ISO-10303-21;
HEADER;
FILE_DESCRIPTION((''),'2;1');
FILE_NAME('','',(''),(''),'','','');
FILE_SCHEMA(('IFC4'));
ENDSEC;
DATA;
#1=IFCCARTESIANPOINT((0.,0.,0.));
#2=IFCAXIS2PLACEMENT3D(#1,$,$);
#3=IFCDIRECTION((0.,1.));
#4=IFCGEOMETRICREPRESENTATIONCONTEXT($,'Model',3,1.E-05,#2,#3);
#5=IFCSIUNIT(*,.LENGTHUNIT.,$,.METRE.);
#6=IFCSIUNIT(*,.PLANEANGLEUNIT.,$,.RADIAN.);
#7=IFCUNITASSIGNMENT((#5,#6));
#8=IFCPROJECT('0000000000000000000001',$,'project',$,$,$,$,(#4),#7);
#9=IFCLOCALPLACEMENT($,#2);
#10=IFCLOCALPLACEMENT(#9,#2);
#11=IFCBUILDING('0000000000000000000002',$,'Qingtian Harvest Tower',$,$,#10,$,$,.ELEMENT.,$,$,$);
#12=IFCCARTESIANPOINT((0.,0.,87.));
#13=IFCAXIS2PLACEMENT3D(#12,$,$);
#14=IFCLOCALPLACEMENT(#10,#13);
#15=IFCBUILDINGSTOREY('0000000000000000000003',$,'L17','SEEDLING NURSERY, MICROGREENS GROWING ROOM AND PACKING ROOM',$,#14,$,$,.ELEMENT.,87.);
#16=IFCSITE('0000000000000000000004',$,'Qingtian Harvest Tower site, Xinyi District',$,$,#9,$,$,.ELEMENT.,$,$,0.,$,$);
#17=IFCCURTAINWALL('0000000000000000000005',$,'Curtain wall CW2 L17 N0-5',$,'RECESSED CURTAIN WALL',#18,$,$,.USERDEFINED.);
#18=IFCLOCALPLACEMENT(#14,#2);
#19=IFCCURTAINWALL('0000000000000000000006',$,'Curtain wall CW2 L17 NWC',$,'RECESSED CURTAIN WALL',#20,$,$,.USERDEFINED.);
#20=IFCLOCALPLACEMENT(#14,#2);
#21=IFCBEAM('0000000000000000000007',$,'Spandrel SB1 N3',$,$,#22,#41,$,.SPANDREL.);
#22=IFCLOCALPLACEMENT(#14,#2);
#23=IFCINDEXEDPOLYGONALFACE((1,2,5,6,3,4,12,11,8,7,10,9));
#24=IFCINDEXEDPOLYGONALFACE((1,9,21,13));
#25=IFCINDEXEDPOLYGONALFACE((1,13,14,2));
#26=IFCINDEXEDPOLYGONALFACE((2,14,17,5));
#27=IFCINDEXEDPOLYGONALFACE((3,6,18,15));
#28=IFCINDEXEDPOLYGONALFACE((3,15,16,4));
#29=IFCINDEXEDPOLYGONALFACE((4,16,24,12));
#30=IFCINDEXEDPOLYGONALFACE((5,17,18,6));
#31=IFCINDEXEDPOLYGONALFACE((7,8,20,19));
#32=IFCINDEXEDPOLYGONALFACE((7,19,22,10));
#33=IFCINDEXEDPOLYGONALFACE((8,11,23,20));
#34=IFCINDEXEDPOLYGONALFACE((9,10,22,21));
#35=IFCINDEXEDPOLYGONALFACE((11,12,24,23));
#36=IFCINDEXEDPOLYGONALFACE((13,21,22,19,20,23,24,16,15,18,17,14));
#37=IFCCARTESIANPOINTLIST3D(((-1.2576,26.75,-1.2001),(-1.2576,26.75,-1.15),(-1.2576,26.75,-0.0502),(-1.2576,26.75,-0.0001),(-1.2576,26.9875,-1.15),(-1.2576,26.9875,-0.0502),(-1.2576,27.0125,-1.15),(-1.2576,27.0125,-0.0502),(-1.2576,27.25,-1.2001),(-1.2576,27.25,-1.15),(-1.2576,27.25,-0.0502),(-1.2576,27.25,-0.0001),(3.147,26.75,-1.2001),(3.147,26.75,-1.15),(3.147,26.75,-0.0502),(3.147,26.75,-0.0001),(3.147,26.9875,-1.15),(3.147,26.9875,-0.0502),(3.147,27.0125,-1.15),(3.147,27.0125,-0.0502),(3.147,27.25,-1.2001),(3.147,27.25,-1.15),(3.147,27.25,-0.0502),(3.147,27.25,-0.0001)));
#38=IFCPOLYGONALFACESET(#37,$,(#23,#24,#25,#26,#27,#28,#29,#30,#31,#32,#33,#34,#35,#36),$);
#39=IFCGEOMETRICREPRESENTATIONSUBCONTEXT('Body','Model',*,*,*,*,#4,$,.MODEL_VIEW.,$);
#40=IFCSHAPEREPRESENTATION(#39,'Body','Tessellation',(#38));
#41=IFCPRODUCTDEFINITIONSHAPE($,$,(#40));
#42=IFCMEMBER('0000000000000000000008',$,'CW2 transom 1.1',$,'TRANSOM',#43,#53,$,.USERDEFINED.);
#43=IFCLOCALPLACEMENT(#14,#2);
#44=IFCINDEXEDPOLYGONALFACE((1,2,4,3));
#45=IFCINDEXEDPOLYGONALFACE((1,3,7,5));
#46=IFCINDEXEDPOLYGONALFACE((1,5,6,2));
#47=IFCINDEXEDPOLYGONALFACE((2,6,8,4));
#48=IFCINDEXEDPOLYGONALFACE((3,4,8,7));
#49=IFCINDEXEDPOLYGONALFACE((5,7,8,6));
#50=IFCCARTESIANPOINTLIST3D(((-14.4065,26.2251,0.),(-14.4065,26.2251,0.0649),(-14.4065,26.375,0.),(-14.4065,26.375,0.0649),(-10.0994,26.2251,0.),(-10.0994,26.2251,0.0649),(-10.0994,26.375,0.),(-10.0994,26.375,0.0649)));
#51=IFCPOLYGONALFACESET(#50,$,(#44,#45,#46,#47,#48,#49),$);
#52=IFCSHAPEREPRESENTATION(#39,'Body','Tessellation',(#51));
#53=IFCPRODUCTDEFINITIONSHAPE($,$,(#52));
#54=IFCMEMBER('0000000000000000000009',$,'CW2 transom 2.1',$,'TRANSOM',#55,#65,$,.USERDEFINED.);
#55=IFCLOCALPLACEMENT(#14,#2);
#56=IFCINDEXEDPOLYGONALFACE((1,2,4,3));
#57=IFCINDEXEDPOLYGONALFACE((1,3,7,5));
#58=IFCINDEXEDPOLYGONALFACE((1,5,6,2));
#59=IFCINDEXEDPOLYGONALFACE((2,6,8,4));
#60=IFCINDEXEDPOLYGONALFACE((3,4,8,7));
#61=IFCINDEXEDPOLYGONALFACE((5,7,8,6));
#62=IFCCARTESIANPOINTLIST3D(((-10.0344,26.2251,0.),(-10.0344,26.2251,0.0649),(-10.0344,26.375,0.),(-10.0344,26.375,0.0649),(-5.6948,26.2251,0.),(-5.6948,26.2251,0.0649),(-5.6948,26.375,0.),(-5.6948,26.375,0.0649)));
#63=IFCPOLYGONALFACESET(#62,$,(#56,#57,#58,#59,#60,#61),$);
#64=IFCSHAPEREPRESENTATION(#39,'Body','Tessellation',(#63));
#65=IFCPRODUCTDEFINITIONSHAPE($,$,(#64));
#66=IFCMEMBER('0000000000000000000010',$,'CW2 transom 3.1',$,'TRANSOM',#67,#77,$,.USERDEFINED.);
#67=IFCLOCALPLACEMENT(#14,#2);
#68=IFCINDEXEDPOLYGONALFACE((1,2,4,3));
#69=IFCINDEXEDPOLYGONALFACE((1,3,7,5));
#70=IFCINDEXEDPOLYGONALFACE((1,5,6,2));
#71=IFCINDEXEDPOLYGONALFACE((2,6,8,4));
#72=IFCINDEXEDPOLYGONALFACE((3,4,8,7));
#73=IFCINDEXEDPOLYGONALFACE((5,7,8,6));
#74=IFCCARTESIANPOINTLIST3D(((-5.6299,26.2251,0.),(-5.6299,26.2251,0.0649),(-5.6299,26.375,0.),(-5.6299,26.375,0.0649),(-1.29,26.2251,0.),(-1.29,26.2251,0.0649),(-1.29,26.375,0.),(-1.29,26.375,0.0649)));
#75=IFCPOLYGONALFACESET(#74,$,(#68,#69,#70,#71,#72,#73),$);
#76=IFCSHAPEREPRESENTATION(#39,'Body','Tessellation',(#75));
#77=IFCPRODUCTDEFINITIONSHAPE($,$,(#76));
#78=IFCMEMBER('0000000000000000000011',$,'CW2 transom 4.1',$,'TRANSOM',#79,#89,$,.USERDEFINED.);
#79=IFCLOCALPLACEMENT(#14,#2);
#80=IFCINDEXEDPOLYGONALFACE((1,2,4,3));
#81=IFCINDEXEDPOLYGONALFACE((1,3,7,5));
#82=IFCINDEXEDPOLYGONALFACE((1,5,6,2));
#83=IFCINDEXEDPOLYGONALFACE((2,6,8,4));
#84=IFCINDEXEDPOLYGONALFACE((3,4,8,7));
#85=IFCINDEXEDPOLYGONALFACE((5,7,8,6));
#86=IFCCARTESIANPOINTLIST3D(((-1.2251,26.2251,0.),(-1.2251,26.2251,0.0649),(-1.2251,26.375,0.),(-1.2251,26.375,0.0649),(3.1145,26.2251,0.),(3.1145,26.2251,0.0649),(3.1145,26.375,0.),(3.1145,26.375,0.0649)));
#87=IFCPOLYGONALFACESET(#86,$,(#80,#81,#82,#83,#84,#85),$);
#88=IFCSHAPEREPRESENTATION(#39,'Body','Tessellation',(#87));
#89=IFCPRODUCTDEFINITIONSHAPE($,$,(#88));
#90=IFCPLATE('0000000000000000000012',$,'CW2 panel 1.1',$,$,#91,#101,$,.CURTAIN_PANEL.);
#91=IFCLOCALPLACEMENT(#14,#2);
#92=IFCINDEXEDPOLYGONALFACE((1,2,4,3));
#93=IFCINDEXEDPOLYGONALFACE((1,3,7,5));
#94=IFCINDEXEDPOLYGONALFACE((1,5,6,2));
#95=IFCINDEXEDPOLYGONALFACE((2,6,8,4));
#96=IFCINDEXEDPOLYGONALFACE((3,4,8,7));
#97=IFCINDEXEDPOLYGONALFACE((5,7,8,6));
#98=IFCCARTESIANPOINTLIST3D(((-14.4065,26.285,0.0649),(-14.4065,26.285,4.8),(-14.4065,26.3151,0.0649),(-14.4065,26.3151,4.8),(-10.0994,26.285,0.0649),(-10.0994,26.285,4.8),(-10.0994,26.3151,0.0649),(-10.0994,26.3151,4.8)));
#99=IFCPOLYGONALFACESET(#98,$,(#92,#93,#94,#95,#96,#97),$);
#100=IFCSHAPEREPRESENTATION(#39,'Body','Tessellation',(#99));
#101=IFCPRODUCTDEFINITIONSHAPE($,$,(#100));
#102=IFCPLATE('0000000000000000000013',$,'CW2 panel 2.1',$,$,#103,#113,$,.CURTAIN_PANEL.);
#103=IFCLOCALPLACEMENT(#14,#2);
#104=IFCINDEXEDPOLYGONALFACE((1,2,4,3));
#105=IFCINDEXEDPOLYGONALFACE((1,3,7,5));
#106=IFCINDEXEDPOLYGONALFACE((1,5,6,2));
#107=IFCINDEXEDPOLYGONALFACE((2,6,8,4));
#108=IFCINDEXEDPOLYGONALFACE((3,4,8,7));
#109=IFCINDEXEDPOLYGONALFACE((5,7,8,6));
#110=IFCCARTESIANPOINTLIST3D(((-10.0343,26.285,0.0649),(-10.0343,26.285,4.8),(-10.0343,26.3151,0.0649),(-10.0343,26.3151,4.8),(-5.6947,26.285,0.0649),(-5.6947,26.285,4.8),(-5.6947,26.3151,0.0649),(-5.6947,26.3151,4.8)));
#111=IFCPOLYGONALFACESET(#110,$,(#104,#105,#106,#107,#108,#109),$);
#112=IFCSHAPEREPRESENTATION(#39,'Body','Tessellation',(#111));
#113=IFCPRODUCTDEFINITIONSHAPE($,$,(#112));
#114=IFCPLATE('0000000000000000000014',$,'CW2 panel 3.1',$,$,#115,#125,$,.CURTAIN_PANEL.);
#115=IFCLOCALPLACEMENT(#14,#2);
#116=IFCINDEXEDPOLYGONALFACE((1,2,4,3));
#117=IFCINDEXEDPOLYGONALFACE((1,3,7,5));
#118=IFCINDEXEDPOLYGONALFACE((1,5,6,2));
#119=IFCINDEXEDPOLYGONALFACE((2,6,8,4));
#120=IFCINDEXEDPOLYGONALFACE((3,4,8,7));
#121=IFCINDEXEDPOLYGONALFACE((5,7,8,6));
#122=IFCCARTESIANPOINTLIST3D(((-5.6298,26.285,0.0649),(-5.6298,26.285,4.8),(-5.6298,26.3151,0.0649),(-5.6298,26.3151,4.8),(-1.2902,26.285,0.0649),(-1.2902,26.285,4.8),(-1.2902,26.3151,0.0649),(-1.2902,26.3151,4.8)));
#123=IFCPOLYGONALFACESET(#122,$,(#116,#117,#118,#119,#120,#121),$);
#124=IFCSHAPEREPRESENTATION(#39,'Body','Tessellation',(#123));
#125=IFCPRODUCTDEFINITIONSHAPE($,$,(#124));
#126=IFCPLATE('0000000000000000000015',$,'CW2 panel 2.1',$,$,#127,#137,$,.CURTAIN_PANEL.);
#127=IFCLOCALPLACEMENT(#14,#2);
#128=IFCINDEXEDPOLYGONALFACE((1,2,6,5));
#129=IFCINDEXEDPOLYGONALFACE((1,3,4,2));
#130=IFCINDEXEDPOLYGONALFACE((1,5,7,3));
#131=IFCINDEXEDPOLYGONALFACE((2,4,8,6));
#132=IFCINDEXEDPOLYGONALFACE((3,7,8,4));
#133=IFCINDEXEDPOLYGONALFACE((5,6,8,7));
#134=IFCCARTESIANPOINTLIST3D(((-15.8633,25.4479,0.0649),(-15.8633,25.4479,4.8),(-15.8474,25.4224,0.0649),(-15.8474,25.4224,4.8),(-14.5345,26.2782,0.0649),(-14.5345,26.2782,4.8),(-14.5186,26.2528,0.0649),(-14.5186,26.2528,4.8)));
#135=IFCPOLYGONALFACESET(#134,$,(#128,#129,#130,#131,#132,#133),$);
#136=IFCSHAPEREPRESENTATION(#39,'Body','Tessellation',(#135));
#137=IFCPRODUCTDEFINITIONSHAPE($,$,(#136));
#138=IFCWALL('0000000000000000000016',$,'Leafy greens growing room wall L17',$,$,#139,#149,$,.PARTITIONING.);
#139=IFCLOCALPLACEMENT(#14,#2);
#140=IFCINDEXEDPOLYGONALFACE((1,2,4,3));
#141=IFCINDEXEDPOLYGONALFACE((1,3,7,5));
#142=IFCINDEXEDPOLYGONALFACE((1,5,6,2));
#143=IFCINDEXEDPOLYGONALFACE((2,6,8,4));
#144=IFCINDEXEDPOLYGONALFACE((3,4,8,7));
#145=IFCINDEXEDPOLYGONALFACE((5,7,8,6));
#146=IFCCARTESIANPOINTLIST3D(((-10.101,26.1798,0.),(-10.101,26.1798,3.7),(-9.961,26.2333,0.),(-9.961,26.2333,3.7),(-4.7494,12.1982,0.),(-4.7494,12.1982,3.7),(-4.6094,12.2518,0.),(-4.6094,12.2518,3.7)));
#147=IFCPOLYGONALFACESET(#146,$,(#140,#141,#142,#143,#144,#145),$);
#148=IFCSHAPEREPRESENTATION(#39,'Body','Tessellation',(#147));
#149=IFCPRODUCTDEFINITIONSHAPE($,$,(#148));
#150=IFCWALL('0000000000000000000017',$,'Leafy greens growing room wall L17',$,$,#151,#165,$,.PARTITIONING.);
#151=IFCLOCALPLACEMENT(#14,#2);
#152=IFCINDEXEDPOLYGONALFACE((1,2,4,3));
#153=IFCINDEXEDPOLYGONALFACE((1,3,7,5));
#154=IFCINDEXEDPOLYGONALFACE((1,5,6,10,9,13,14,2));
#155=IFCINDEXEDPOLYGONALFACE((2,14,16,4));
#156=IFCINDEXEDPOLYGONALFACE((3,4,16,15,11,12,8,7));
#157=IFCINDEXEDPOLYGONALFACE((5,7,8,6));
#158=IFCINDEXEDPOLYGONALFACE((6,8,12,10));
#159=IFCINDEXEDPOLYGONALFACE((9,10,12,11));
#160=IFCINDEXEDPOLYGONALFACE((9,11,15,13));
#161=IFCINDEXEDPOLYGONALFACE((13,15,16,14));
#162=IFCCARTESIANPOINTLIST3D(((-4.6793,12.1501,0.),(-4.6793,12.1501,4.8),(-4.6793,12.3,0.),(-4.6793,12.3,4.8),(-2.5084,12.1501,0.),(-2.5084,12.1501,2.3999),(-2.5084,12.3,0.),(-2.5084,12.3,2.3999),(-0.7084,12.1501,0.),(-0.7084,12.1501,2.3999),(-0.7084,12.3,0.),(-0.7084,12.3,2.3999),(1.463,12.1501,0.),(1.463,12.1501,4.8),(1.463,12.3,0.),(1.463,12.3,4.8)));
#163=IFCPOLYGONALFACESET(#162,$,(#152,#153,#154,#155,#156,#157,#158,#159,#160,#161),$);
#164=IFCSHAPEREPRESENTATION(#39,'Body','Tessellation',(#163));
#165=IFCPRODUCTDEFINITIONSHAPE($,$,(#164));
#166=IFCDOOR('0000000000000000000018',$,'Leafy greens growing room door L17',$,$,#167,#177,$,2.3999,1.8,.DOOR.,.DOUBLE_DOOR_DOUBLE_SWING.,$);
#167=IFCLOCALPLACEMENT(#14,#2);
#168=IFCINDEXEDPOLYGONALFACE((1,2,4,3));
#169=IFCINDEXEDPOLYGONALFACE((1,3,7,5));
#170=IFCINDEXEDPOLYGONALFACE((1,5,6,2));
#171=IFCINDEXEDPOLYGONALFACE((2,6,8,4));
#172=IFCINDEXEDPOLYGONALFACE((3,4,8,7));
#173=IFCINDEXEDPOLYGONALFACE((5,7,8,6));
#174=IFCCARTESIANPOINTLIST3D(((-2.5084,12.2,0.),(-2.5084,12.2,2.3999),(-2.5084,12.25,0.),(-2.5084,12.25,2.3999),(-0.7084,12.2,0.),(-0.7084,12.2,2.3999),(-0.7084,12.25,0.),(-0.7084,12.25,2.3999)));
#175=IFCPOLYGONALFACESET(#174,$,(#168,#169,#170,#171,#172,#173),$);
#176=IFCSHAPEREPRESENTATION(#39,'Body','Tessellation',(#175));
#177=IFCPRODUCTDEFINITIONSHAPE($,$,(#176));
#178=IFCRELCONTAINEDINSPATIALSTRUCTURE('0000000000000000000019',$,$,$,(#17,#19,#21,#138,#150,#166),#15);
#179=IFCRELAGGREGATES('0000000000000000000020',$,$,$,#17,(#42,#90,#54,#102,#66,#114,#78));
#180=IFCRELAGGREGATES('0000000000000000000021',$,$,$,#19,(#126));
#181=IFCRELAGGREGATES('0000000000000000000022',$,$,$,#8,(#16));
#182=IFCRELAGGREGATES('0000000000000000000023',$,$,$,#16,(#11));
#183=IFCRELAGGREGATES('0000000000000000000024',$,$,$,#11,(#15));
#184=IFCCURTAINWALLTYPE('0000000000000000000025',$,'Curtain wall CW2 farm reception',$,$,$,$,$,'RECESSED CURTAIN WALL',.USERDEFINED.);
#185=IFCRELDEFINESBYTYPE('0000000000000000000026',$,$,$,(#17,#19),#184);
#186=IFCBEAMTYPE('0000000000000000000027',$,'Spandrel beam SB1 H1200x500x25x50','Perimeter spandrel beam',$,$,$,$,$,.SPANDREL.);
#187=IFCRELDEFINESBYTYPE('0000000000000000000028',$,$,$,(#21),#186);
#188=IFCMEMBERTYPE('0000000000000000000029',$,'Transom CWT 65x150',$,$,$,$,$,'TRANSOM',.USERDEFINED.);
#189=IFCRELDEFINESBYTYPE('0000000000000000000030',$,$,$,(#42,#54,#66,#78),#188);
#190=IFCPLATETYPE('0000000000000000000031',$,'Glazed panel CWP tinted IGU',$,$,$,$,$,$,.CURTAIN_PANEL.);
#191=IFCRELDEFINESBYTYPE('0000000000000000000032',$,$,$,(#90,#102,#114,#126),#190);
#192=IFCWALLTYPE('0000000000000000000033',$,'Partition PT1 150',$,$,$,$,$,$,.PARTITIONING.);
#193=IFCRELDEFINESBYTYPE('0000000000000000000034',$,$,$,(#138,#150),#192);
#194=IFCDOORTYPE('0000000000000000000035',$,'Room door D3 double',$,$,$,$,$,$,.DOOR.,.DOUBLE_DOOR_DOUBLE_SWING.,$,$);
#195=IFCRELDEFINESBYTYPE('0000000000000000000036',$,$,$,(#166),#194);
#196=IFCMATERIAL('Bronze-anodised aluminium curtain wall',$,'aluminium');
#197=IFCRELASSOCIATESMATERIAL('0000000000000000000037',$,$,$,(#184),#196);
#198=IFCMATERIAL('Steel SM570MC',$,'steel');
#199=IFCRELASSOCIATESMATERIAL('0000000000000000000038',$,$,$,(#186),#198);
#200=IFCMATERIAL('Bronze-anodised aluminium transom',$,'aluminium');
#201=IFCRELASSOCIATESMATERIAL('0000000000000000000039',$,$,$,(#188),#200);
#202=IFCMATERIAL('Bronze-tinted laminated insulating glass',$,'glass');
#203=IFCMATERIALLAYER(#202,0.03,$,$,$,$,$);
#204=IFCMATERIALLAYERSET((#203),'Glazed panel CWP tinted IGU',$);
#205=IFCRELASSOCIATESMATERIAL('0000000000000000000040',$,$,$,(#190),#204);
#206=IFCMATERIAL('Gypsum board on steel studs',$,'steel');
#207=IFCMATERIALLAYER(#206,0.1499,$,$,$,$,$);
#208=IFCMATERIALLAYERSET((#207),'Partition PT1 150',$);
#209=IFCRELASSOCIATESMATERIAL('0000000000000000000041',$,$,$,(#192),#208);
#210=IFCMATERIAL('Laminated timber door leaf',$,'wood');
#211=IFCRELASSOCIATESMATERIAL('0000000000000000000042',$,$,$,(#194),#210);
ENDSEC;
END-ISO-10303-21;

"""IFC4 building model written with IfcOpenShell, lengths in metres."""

from ifc_helpers import new_model, si_unit, direction, frame, frame_2d, origin, origin_2d, place, context, subcontext, project, spatial, rectangle, i_section, extrude, material, layer, layer_set, material_profile, profile_set, type_object, element, fill, aggregate, save


model = new_model("IFC4")

# Units and contexts
model_context = context("Model", 3, precision=1e-05, world=origin(), true_north=direction((0.0, 1.0)))
body_context = subcontext(model_context, "Body", "Model", "MODEL_VIEW")
ifc_project = project(units=[si_unit("LENGTHUNIT", "METRE"), si_unit("PLANEANGLEUNIT", "RADIAN")], contexts=[model_context])

# Site, building, storey
site_placement = place(None, origin())
site = spatial("IfcSite", under=ifc_project, at=site_placement, Name="Qingtian Harvest Tower site, Xinyi District", CompositionType="ELEMENT", RefElevation=0.0)
building_placement = place(site_placement, origin())
building = spatial("IfcBuilding", under=site, at=building_placement, Name="Qingtian Harvest Tower", CompositionType="ELEMENT")
storey_placement = place(building_placement, frame((0.0, 0.0, 87.0)))
storey = spatial("IfcBuildingStorey", under=building, at=storey_placement, Name="L17", Description="SEEDLING NURSERY, MICROGREENS GROWING ROOM AND PACKING ROOM", CompositionType="ELEMENT", Elevation=87.0)

# Curtain wall
ifc_material_1 = material(Name="Bronze-anodised aluminium curtain wall", Category="aluminium")
curtain_wall_type = type_object("IfcCurtainWallType", Name="Curtain wall CW2 farm reception", ElementType="RECESSED CURTAIN WALL", PredefinedType="USERDEFINED", material=ifc_material_1)
curtain_wall_1_placement = place(storey_placement, origin())
curtain_wall_1 = element("IfcCurtainWall", 1, at=curtain_wall_1_placement, inside=storey, type_object=curtain_wall_type, Name="Curtain wall CW2 L17 N0-5", ObjectType="RECESSED CURTAIN WALL", PredefinedType="USERDEFINED")

# Curtain wall
curtain_wall_2_placement = place(storey_placement, origin())
curtain_wall_2 = element("IfcCurtainWall", 2, at=curtain_wall_2_placement, inside=storey, type_object=curtain_wall_type, Name="Curtain wall CW2 L17 NWC", ObjectType="RECESSED CURTAIN WALL", PredefinedType="USERDEFINED")

# Beam
ifc_material_2 = material(Name="Steel SM570MC", Category="steel")
ifc_material_profile_1 = material_profile(ifc_material_2, i_section(OverallWidth=0.5, OverallDepth=1.2, WebThickness=0.0249, FlangeThickness=0.05, at=origin_2d()), Name="H1200x500x25x50")
ifc_profile_set_1 = profile_set([ifc_material_profile_1], Name="Steel SM570MC")
beam_type_1 = type_object("IfcBeamType", Name="Spandrel beam SB1 H1200x500x25x50", Description="Perimeter spandrel beam", PredefinedType="SPANDREL", material=ifc_profile_set_1)
beam_1_placement = place(storey_placement, frame((-1.2576, 27.0, -0.6001), z_axis=(1.0, 0.0, 0.0), x_axis=(0.0, 1.0, 0.0)))
element("IfcBeam", 3, at=beam_1_placement, inside=storey, type_object=beam_type_1, Name="Spandrel SB1 N3", PredefinedType="SPANDREL", context=body_context, shape_type="SweptSolid", body=[
    extrude(i_section(OverallWidth=0.5, OverallDepth=1.2, WebThickness=0.0249, FlangeThickness=0.05, at=origin_2d()), origin(), (0.0, 0.0, 1.0), 4.4045),
])

# Members
ifc_material_3 = material(Name="Bronze-anodised aluminium transom", Category="aluminium")
ifc_material_profile_2 = material_profile(ifc_material_3, rectangle(XDim=0.1499, YDim=0.0649, at=origin_2d()), Name="AL 65x150")
ifc_profile_set_2 = profile_set([ifc_material_profile_2], Name="Bronze-anodised aluminium transom")
member_type_1 = type_object("IfcMemberType", Name="Transom CWT 65x150", ElementType="TRANSOM", PredefinedType="USERDEFINED", material=ifc_profile_set_2)
member_1_placement = place(storey_placement, frame((-14.4065, 26.3, 0.0325), z_axis=(1.0, 0.0, 0.0), x_axis=(0.0, 1.0, 0.0)))
member_1 = element("IfcMember", 4, at=member_1_placement, type_object=member_type_1, Name="CW2 transom 1.1", ObjectType="TRANSOM", PredefinedType="USERDEFINED", context=body_context, shape_type="SweptSolid", body=[
    extrude(rectangle(XDim=0.1499, YDim=0.0649, at=origin_2d()), origin(), (0.0, 0.0, 1.0), 4.3071),
])
member_2_placement = place(storey_placement, frame((-10.0344, 26.3, 0.0325), z_axis=(1.0, 0.0, 0.0), x_axis=(0.0, 1.0, 0.0)))
member_2 = element("IfcMember", 5, at=member_2_placement, type_object=member_type_1, Name="CW2 transom 2.1", ObjectType="TRANSOM", PredefinedType="USERDEFINED", context=body_context, shape_type="SweptSolid", body=[
    extrude(rectangle(XDim=0.1499, YDim=0.0649, at=origin_2d()), origin(), (0.0, 0.0, 1.0), 4.3396),
])
member_3_placement = place(storey_placement, frame((-5.6299, 26.3, 0.0325), z_axis=(1.0, 0.0, 0.0), x_axis=(0.0, 1.0, 0.0)))
member_3 = element("IfcMember", 6, at=member_3_placement, type_object=member_type_1, Name="CW2 transom 3.1", ObjectType="TRANSOM", PredefinedType="USERDEFINED", context=body_context, shape_type="SweptSolid", body=[
    extrude(rectangle(XDim=0.1499, YDim=0.0649, at=origin_2d()), origin(), (0.0, 0.0, 1.0), 4.3398),
])
member_4_placement = place(storey_placement, frame((-1.2251, 26.3, 0.0325), z_axis=(1.0, 0.0, 0.0), x_axis=(0.0, 1.0, 0.0)))
member_4 = element("IfcMember", 7, at=member_4_placement, type_object=member_type_1, Name="CW2 transom 4.1", ObjectType="TRANSOM", PredefinedType="USERDEFINED", context=body_context, shape_type="SweptSolid", body=[
    extrude(rectangle(XDim=0.1499, YDim=0.0649, at=origin_2d()), origin(), (0.0, 0.0, 1.0), 4.3396),
])

# Plates
ifc_material_4 = material(Name="Bronze-tinted laminated insulating glass", Category="glass")
ifc_layer_1 = layer(ifc_material_4, 0.03)
ifc_layer_set_1 = layer_set([ifc_layer_1], Name="Glazed panel CWP tinted IGU")
plate_type = type_object("IfcPlateType", Name="Glazed panel CWP tinted IGU", PredefinedType="CURTAIN_PANEL", material=ifc_layer_set_1)
plate_1_placement = place(storey_placement, frame((-12.2529, 26.3, 0.0649), z_axis=(0.0, 0.0, 1.0), x_axis=(1.0, 0.0, 0.0)))
plate_1 = element("IfcPlate", 8, at=plate_1_placement, type_object=plate_type, Name="CW2 panel 1.1", PredefinedType="CURTAIN_PANEL", context=body_context, shape_type="SweptSolid", body=[
    extrude(rectangle(XDim=4.3071, YDim=0.03, at=origin_2d()), origin(), (0.0, 0.0, 1.0), 4.7351),
])
plate_2_placement = place(storey_placement, frame((-7.8645, 26.3, 0.0649), z_axis=(0.0, 0.0, 1.0), x_axis=(1.0, 0.0, 0.0)))
plate_2 = element("IfcPlate", 9, at=plate_2_placement, type_object=plate_type, Name="CW2 panel 2.1", PredefinedType="CURTAIN_PANEL", context=body_context, shape_type="SweptSolid", body=[
    extrude(rectangle(XDim=4.3396, YDim=0.03, at=origin_2d()), origin(), (0.0, 0.0, 1.0), 4.7351),
])
plate_3_placement = place(storey_placement, frame((-3.46, 26.3, 0.0649), z_axis=(0.0, 0.0, 1.0), x_axis=(1.0, 0.0, 0.0)))
plate_3 = element("IfcPlate", 10, at=plate_3_placement, type_object=plate_type, Name="CW2 panel 3.1", PredefinedType="CURTAIN_PANEL", context=body_context, shape_type="SweptSolid", body=[
    extrude(rectangle(XDim=4.3396, YDim=0.03, at=origin_2d()), origin(), (0.0, 0.0, 1.0), 4.7351),
])
aggregate(curtain_wall_1, [member_1, plate_1, member_2, plate_2, member_3, plate_3, member_4])
plate_4_placement = place(storey_placement, frame((-15.1909, 25.8503, 0.0649), z_axis=(0.0, 0.0, 1.0), x_axis=(0.848048, 0.529919, 0.0)))
plate_4 = element("IfcPlate", 11, at=plate_4_placement, type_object=plate_type, Name="CW2 panel 2.1", PredefinedType="CURTAIN_PANEL", context=body_context, shape_type="SweptSolid", body=[
    extrude(rectangle(XDim=1.5669, YDim=0.03, at=origin_2d()), origin(), (0.0, 0.0, 1.0), 4.7351),
])
aggregate(curtain_wall_2, [plate_4])

# Wall
ifc_material_5 = material(Name="Gypsum board on steel studs", Category="steel")
ifc_layer_2 = layer(ifc_material_5, 0.1499)
ifc_layer_set_2 = layer_set([ifc_layer_2], Name="Partition PT1 150")
wall_type = type_object("IfcWallType", Name="Partition PT1 150", PredefinedType="PARTITIONING", material=ifc_layer_set_2)
wall_1_placement = place(storey_placement, frame((-10.031, 26.2065, 0.0), z_axis=(0.0, 0.0, 1.0), x_axis=(0.357471, -0.933924, 0.0)))
element("IfcWall", 12, at=wall_1_placement, inside=storey, type_object=wall_type, Name="Leafy greens growing room wall L17", PredefinedType="PARTITIONING", context=body_context, shape_type="SweptSolid", body=[
    extrude(rectangle(XDim=14.9707, YDim=0.1499, at=frame_2d((7.4854, 0.0))), origin(), (0.0, 0.0, 1.0), 3.7),
])

# Wall, opening, door
wall_2_placement = place(storey_placement, frame((-4.6794, 12.2251, 0.0), z_axis=(0.0, 0.0, 1.0), x_axis=(1.0, 0.0, 0.0)))
wall_2 = element("IfcWall", 13, at=wall_2_placement, inside=storey, type_object=wall_type, Name="Leafy greens growing room wall L17", PredefinedType="PARTITIONING", context=body_context, shape_type="SweptSolid", body=[
    extrude(rectangle(XDim=6.1423, YDim=0.1499, at=frame_2d((3.0713, 0.0))), origin(), (0.0, 0.0, 1.0), 4.8),
])
opening_placement = place(wall_2_placement, frame((2.1711, 0.0, 0.0)))
opening = element("IfcOpeningElement", 14, at=opening_placement, cuts=wall_2, PredefinedType="OPENING", context=body_context, shape_type="SweptSolid", body=[
    extrude(rectangle(XDim=1.8, YDim=2.3999, at=frame_2d((0.8999, 1.2))), frame((0.0, 0.085, 0.0), z_axis=(0.0, -1.0, 0.0), x_axis=(1.0, 0.0, 0.0)), (0.0, 0.0, 1.0), 0.1699),
])
ifc_material_6 = material(Name="Laminated timber door leaf", Category="wood")
door_type = type_object("IfcDoorType", Name="Room door D3 double", OperationType="DOUBLE_DOOR_DOUBLE_SWING", PredefinedType="DOOR", material=ifc_material_6)
door_placement = place(opening_placement, origin())
door = element("IfcDoor", 15, at=door_placement, inside=storey, type_object=door_type, Name="Leafy greens growing room door L17", OperationType="DOUBLE_DOOR_DOUBLE_SWING", OverallHeight=2.3999, OverallWidth=1.8, PredefinedType="DOOR", context=body_context, shape_type="SweptSolid", body=[
    extrude(rectangle(XDim=1.8, YDim=2.3999, at=frame_2d((0.8999, 1.2))), frame((0.0, 0.0249, 0.0), z_axis=(0.0, -1.0, 0.0), x_axis=(1.0, 0.0, 0.0)), (0.0, 0.0, 1.0), 0.05),
])
fill(opening, door)

save(model, "model.ifc")
